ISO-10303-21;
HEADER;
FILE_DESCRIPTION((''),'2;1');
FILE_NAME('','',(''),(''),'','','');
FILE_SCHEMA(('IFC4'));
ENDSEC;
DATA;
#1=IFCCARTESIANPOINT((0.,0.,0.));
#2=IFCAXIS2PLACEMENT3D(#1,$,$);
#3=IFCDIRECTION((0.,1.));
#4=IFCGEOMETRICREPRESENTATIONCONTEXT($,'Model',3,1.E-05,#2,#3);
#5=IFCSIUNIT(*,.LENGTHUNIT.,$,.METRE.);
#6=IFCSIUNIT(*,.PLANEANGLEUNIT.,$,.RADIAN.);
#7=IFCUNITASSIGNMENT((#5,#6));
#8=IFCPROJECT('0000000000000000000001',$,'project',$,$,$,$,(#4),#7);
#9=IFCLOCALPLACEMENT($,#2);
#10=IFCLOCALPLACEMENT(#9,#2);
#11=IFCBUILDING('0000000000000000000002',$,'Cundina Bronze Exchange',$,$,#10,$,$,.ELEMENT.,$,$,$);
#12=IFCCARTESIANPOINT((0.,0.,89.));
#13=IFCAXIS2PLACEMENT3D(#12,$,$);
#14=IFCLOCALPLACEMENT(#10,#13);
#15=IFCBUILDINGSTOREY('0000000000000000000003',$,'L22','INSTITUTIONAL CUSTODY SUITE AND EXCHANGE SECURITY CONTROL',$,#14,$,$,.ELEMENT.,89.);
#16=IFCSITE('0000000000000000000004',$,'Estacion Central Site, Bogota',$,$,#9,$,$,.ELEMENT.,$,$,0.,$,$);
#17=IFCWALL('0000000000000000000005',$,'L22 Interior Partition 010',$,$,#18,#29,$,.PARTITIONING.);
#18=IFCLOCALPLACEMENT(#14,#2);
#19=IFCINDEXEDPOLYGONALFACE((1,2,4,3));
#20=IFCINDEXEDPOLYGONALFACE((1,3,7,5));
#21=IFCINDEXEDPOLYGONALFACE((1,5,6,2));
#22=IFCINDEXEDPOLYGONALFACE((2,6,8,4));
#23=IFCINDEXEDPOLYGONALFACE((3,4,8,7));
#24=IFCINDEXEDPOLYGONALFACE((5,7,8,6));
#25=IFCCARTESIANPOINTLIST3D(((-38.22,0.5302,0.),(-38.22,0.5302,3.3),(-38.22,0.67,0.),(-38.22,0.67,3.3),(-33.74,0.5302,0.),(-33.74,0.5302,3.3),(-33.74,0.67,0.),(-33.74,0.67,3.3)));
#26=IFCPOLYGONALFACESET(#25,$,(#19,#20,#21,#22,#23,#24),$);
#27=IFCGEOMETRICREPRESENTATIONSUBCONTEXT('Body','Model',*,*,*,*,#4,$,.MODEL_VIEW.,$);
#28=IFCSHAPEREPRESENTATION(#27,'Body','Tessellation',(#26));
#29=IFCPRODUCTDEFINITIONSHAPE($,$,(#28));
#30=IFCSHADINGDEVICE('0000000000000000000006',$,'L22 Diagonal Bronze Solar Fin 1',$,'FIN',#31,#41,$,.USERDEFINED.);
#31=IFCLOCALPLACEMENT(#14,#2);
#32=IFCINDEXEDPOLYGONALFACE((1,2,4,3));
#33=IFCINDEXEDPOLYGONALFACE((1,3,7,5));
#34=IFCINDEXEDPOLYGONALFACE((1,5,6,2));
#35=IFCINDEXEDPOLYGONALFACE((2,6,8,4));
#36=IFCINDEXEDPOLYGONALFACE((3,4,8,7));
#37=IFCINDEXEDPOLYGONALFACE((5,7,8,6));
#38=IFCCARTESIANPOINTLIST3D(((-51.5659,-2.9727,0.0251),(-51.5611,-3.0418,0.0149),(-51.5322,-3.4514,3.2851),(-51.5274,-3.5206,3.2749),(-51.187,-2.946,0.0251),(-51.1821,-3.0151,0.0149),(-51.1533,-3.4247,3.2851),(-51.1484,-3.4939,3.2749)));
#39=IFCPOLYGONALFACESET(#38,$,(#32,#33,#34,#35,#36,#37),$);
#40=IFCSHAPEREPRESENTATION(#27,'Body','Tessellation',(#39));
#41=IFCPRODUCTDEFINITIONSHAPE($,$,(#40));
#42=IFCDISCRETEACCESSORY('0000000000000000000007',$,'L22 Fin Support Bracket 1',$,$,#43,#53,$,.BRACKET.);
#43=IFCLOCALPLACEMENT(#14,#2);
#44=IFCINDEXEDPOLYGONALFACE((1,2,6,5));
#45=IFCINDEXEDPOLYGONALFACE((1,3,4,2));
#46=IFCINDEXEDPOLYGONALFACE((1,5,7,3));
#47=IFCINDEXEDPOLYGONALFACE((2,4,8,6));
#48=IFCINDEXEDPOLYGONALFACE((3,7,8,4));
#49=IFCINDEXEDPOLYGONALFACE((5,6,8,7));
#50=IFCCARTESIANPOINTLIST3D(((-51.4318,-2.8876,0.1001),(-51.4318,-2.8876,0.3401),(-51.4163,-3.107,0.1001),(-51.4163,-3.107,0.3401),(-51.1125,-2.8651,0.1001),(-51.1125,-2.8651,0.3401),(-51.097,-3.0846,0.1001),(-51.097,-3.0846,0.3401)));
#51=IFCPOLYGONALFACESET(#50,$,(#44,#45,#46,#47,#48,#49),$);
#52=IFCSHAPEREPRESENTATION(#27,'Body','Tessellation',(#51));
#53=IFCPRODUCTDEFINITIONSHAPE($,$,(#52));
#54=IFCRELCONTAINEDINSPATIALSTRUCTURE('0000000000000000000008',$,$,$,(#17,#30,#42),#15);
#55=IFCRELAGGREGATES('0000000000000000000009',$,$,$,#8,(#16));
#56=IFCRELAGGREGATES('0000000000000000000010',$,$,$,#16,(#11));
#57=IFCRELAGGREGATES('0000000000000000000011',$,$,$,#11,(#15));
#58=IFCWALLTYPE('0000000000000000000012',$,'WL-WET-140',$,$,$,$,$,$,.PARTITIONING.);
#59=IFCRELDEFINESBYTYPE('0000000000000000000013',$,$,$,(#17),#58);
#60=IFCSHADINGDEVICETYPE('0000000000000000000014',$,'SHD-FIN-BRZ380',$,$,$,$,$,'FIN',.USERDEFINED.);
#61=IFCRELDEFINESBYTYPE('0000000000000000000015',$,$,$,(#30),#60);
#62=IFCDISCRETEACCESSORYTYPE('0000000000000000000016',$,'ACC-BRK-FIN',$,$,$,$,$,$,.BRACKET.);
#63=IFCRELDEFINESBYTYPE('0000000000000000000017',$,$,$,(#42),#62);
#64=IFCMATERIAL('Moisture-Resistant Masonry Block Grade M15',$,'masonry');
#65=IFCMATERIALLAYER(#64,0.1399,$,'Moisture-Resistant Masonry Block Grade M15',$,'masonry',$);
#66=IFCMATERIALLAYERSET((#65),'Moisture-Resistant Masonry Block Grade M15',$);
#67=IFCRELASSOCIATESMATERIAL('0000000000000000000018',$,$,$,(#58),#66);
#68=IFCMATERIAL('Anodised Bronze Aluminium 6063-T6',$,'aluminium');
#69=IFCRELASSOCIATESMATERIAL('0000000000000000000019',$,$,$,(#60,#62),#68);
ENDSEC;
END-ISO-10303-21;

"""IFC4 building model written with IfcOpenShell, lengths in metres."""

from ifc_helpers import new_model, si_unit, direction, frame, frame_2d, origin, origin_2d, place, context, subcontext, project, spatial, rectangle, extrude, material, layer, layer_set, material_profile, profile_set, type_object, element, save


model = new_model("IFC4")

# Units and contexts
model_context = context("Model", 3, precision=1e-05, world=origin(), true_north=direction((0.0, 1.0)))
body_context = subcontext(model_context, "Body", "Model", "MODEL_VIEW")
ifc_project = project(units=[si_unit("LENGTHUNIT", "METRE"), si_unit("PLANEANGLEUNIT", "RADIAN")], contexts=[model_context])

# Site, building, storey
site_placement = place(None, origin())
site = spatial("IfcSite", under=ifc_project, at=site_placement, Name="Estacion Central Site, Bogota", CompositionType="ELEMENT", RefElevation=0.0)
building_placement = place(site_placement, origin())
building = spatial("IfcBuilding", under=site, at=building_placement, Name="Cundina Bronze Exchange", CompositionType="ELEMENT")
storey_placement = place(building_placement, frame((0.0, 0.0, 89.0)))
storey = spatial("IfcBuildingStorey", under=building, at=storey_placement, Name="L22", Description="INSTITUTIONAL CUSTODY SUITE AND EXCHANGE SECURITY CONTROL", CompositionType="ELEMENT", Elevation=89.0)

# Shared definitions
ifc_material_1 = material(Name="Anodised Bronze Aluminium 6063-T6", Category="aluminium")

# Wall
ifc_material_2 = material(Name="Moisture-Resistant Masonry Block Grade M15", Category="masonry")
ifc_layer_1 = layer(ifc_material_2, 0.1399, Name="Moisture-Resistant Masonry Block Grade M15", Category="masonry")
ifc_layer_set_1 = layer_set([ifc_layer_1], Name="Moisture-Resistant Masonry Block Grade M15")
wall_type_1 = type_object("IfcWallType", Name="WL-WET-140", PredefinedType="PARTITIONING", material=ifc_layer_set_1)
wall_1_placement = place(storey_placement, frame((-38.22, 0.6001, 0.0), z_axis=(0.0, 0.0, 1.0), x_axis=(1.0, 0.0, 0.0)))
element("IfcWall", 1, at=wall_1_placement, inside=storey, type_object=wall_type_1, Name="L22 Interior Partition 010", PredefinedType="PARTITIONING", context=body_context, shape_type="SweptSolid", body=[
    extrude(rectangle(XDim=4.48, YDim=0.1399, at=frame_2d((2.24, 0.0))), origin(), (0.0, 0.0, 1.0), 3.3),
])

# Shading device
ifc_material_profile_1 = material_profile(ifc_material_1, rectangle(XDim=0.0701, YDim=0.3799, at=origin_2d()), Name="FIN70X380", Category="aluminium")
ifc_profile_set_1 = profile_set([ifc_material_profile_1], Name="Anodised Bronze Aluminium 6063-T6")
shading_device_type = type_object("IfcShadingDeviceType", Name="SHD-FIN-BRZ380", ElementType="FIN", PredefinedType="USERDEFINED", material=ifc_profile_set_1)
shading_device_placement = place(storey_placement, frame((-51.374, -2.9939, 0.02), z_axis=(0.010225, -0.145292, 0.989336), x_axis=(-0.06945, 0.986895, 0.145652)))
element("IfcShadingDevice", 2, at=shading_device_placement, inside=storey, type_object=shading_device_type, Name="L22 Diagonal Bronze Solar Fin 1", ObjectType="FIN", PredefinedType="USERDEFINED", context=body_context, shape_type="SweptSolid", body=[
    extrude(rectangle(XDim=0.0701, YDim=0.3799, at=origin_2d()), origin(), (0.0, 0.0, 1.0), 3.2952),
])

# Discrete accessory
discrete_accessory_type = type_object("IfcDiscreteAccessoryType", Name="ACC-BRK-FIN", PredefinedType="BRACKET", material=ifc_material_1)
discrete_accessory_placement = place(storey_placement, frame((-51.2644, -2.9861, 0.1001), z_axis=(0.0, 0.0, 1.0), x_axis=(0.070279, -0.997527, 0.0)))
element("IfcDiscreteAccessory", 3, at=discrete_accessory_placement, inside=storey, type_object=discrete_accessory_type, Name="L22 Fin Support Bracket 1", PredefinedType="BRACKET", context=body_context, shape_type="SweptSolid", body=[
    extrude(rectangle(XDim=0.22, YDim=0.3201, at=origin_2d()), origin(), (0.0, 0.0, 1.0), 0.24),
])

save(model, "model.ifc")
